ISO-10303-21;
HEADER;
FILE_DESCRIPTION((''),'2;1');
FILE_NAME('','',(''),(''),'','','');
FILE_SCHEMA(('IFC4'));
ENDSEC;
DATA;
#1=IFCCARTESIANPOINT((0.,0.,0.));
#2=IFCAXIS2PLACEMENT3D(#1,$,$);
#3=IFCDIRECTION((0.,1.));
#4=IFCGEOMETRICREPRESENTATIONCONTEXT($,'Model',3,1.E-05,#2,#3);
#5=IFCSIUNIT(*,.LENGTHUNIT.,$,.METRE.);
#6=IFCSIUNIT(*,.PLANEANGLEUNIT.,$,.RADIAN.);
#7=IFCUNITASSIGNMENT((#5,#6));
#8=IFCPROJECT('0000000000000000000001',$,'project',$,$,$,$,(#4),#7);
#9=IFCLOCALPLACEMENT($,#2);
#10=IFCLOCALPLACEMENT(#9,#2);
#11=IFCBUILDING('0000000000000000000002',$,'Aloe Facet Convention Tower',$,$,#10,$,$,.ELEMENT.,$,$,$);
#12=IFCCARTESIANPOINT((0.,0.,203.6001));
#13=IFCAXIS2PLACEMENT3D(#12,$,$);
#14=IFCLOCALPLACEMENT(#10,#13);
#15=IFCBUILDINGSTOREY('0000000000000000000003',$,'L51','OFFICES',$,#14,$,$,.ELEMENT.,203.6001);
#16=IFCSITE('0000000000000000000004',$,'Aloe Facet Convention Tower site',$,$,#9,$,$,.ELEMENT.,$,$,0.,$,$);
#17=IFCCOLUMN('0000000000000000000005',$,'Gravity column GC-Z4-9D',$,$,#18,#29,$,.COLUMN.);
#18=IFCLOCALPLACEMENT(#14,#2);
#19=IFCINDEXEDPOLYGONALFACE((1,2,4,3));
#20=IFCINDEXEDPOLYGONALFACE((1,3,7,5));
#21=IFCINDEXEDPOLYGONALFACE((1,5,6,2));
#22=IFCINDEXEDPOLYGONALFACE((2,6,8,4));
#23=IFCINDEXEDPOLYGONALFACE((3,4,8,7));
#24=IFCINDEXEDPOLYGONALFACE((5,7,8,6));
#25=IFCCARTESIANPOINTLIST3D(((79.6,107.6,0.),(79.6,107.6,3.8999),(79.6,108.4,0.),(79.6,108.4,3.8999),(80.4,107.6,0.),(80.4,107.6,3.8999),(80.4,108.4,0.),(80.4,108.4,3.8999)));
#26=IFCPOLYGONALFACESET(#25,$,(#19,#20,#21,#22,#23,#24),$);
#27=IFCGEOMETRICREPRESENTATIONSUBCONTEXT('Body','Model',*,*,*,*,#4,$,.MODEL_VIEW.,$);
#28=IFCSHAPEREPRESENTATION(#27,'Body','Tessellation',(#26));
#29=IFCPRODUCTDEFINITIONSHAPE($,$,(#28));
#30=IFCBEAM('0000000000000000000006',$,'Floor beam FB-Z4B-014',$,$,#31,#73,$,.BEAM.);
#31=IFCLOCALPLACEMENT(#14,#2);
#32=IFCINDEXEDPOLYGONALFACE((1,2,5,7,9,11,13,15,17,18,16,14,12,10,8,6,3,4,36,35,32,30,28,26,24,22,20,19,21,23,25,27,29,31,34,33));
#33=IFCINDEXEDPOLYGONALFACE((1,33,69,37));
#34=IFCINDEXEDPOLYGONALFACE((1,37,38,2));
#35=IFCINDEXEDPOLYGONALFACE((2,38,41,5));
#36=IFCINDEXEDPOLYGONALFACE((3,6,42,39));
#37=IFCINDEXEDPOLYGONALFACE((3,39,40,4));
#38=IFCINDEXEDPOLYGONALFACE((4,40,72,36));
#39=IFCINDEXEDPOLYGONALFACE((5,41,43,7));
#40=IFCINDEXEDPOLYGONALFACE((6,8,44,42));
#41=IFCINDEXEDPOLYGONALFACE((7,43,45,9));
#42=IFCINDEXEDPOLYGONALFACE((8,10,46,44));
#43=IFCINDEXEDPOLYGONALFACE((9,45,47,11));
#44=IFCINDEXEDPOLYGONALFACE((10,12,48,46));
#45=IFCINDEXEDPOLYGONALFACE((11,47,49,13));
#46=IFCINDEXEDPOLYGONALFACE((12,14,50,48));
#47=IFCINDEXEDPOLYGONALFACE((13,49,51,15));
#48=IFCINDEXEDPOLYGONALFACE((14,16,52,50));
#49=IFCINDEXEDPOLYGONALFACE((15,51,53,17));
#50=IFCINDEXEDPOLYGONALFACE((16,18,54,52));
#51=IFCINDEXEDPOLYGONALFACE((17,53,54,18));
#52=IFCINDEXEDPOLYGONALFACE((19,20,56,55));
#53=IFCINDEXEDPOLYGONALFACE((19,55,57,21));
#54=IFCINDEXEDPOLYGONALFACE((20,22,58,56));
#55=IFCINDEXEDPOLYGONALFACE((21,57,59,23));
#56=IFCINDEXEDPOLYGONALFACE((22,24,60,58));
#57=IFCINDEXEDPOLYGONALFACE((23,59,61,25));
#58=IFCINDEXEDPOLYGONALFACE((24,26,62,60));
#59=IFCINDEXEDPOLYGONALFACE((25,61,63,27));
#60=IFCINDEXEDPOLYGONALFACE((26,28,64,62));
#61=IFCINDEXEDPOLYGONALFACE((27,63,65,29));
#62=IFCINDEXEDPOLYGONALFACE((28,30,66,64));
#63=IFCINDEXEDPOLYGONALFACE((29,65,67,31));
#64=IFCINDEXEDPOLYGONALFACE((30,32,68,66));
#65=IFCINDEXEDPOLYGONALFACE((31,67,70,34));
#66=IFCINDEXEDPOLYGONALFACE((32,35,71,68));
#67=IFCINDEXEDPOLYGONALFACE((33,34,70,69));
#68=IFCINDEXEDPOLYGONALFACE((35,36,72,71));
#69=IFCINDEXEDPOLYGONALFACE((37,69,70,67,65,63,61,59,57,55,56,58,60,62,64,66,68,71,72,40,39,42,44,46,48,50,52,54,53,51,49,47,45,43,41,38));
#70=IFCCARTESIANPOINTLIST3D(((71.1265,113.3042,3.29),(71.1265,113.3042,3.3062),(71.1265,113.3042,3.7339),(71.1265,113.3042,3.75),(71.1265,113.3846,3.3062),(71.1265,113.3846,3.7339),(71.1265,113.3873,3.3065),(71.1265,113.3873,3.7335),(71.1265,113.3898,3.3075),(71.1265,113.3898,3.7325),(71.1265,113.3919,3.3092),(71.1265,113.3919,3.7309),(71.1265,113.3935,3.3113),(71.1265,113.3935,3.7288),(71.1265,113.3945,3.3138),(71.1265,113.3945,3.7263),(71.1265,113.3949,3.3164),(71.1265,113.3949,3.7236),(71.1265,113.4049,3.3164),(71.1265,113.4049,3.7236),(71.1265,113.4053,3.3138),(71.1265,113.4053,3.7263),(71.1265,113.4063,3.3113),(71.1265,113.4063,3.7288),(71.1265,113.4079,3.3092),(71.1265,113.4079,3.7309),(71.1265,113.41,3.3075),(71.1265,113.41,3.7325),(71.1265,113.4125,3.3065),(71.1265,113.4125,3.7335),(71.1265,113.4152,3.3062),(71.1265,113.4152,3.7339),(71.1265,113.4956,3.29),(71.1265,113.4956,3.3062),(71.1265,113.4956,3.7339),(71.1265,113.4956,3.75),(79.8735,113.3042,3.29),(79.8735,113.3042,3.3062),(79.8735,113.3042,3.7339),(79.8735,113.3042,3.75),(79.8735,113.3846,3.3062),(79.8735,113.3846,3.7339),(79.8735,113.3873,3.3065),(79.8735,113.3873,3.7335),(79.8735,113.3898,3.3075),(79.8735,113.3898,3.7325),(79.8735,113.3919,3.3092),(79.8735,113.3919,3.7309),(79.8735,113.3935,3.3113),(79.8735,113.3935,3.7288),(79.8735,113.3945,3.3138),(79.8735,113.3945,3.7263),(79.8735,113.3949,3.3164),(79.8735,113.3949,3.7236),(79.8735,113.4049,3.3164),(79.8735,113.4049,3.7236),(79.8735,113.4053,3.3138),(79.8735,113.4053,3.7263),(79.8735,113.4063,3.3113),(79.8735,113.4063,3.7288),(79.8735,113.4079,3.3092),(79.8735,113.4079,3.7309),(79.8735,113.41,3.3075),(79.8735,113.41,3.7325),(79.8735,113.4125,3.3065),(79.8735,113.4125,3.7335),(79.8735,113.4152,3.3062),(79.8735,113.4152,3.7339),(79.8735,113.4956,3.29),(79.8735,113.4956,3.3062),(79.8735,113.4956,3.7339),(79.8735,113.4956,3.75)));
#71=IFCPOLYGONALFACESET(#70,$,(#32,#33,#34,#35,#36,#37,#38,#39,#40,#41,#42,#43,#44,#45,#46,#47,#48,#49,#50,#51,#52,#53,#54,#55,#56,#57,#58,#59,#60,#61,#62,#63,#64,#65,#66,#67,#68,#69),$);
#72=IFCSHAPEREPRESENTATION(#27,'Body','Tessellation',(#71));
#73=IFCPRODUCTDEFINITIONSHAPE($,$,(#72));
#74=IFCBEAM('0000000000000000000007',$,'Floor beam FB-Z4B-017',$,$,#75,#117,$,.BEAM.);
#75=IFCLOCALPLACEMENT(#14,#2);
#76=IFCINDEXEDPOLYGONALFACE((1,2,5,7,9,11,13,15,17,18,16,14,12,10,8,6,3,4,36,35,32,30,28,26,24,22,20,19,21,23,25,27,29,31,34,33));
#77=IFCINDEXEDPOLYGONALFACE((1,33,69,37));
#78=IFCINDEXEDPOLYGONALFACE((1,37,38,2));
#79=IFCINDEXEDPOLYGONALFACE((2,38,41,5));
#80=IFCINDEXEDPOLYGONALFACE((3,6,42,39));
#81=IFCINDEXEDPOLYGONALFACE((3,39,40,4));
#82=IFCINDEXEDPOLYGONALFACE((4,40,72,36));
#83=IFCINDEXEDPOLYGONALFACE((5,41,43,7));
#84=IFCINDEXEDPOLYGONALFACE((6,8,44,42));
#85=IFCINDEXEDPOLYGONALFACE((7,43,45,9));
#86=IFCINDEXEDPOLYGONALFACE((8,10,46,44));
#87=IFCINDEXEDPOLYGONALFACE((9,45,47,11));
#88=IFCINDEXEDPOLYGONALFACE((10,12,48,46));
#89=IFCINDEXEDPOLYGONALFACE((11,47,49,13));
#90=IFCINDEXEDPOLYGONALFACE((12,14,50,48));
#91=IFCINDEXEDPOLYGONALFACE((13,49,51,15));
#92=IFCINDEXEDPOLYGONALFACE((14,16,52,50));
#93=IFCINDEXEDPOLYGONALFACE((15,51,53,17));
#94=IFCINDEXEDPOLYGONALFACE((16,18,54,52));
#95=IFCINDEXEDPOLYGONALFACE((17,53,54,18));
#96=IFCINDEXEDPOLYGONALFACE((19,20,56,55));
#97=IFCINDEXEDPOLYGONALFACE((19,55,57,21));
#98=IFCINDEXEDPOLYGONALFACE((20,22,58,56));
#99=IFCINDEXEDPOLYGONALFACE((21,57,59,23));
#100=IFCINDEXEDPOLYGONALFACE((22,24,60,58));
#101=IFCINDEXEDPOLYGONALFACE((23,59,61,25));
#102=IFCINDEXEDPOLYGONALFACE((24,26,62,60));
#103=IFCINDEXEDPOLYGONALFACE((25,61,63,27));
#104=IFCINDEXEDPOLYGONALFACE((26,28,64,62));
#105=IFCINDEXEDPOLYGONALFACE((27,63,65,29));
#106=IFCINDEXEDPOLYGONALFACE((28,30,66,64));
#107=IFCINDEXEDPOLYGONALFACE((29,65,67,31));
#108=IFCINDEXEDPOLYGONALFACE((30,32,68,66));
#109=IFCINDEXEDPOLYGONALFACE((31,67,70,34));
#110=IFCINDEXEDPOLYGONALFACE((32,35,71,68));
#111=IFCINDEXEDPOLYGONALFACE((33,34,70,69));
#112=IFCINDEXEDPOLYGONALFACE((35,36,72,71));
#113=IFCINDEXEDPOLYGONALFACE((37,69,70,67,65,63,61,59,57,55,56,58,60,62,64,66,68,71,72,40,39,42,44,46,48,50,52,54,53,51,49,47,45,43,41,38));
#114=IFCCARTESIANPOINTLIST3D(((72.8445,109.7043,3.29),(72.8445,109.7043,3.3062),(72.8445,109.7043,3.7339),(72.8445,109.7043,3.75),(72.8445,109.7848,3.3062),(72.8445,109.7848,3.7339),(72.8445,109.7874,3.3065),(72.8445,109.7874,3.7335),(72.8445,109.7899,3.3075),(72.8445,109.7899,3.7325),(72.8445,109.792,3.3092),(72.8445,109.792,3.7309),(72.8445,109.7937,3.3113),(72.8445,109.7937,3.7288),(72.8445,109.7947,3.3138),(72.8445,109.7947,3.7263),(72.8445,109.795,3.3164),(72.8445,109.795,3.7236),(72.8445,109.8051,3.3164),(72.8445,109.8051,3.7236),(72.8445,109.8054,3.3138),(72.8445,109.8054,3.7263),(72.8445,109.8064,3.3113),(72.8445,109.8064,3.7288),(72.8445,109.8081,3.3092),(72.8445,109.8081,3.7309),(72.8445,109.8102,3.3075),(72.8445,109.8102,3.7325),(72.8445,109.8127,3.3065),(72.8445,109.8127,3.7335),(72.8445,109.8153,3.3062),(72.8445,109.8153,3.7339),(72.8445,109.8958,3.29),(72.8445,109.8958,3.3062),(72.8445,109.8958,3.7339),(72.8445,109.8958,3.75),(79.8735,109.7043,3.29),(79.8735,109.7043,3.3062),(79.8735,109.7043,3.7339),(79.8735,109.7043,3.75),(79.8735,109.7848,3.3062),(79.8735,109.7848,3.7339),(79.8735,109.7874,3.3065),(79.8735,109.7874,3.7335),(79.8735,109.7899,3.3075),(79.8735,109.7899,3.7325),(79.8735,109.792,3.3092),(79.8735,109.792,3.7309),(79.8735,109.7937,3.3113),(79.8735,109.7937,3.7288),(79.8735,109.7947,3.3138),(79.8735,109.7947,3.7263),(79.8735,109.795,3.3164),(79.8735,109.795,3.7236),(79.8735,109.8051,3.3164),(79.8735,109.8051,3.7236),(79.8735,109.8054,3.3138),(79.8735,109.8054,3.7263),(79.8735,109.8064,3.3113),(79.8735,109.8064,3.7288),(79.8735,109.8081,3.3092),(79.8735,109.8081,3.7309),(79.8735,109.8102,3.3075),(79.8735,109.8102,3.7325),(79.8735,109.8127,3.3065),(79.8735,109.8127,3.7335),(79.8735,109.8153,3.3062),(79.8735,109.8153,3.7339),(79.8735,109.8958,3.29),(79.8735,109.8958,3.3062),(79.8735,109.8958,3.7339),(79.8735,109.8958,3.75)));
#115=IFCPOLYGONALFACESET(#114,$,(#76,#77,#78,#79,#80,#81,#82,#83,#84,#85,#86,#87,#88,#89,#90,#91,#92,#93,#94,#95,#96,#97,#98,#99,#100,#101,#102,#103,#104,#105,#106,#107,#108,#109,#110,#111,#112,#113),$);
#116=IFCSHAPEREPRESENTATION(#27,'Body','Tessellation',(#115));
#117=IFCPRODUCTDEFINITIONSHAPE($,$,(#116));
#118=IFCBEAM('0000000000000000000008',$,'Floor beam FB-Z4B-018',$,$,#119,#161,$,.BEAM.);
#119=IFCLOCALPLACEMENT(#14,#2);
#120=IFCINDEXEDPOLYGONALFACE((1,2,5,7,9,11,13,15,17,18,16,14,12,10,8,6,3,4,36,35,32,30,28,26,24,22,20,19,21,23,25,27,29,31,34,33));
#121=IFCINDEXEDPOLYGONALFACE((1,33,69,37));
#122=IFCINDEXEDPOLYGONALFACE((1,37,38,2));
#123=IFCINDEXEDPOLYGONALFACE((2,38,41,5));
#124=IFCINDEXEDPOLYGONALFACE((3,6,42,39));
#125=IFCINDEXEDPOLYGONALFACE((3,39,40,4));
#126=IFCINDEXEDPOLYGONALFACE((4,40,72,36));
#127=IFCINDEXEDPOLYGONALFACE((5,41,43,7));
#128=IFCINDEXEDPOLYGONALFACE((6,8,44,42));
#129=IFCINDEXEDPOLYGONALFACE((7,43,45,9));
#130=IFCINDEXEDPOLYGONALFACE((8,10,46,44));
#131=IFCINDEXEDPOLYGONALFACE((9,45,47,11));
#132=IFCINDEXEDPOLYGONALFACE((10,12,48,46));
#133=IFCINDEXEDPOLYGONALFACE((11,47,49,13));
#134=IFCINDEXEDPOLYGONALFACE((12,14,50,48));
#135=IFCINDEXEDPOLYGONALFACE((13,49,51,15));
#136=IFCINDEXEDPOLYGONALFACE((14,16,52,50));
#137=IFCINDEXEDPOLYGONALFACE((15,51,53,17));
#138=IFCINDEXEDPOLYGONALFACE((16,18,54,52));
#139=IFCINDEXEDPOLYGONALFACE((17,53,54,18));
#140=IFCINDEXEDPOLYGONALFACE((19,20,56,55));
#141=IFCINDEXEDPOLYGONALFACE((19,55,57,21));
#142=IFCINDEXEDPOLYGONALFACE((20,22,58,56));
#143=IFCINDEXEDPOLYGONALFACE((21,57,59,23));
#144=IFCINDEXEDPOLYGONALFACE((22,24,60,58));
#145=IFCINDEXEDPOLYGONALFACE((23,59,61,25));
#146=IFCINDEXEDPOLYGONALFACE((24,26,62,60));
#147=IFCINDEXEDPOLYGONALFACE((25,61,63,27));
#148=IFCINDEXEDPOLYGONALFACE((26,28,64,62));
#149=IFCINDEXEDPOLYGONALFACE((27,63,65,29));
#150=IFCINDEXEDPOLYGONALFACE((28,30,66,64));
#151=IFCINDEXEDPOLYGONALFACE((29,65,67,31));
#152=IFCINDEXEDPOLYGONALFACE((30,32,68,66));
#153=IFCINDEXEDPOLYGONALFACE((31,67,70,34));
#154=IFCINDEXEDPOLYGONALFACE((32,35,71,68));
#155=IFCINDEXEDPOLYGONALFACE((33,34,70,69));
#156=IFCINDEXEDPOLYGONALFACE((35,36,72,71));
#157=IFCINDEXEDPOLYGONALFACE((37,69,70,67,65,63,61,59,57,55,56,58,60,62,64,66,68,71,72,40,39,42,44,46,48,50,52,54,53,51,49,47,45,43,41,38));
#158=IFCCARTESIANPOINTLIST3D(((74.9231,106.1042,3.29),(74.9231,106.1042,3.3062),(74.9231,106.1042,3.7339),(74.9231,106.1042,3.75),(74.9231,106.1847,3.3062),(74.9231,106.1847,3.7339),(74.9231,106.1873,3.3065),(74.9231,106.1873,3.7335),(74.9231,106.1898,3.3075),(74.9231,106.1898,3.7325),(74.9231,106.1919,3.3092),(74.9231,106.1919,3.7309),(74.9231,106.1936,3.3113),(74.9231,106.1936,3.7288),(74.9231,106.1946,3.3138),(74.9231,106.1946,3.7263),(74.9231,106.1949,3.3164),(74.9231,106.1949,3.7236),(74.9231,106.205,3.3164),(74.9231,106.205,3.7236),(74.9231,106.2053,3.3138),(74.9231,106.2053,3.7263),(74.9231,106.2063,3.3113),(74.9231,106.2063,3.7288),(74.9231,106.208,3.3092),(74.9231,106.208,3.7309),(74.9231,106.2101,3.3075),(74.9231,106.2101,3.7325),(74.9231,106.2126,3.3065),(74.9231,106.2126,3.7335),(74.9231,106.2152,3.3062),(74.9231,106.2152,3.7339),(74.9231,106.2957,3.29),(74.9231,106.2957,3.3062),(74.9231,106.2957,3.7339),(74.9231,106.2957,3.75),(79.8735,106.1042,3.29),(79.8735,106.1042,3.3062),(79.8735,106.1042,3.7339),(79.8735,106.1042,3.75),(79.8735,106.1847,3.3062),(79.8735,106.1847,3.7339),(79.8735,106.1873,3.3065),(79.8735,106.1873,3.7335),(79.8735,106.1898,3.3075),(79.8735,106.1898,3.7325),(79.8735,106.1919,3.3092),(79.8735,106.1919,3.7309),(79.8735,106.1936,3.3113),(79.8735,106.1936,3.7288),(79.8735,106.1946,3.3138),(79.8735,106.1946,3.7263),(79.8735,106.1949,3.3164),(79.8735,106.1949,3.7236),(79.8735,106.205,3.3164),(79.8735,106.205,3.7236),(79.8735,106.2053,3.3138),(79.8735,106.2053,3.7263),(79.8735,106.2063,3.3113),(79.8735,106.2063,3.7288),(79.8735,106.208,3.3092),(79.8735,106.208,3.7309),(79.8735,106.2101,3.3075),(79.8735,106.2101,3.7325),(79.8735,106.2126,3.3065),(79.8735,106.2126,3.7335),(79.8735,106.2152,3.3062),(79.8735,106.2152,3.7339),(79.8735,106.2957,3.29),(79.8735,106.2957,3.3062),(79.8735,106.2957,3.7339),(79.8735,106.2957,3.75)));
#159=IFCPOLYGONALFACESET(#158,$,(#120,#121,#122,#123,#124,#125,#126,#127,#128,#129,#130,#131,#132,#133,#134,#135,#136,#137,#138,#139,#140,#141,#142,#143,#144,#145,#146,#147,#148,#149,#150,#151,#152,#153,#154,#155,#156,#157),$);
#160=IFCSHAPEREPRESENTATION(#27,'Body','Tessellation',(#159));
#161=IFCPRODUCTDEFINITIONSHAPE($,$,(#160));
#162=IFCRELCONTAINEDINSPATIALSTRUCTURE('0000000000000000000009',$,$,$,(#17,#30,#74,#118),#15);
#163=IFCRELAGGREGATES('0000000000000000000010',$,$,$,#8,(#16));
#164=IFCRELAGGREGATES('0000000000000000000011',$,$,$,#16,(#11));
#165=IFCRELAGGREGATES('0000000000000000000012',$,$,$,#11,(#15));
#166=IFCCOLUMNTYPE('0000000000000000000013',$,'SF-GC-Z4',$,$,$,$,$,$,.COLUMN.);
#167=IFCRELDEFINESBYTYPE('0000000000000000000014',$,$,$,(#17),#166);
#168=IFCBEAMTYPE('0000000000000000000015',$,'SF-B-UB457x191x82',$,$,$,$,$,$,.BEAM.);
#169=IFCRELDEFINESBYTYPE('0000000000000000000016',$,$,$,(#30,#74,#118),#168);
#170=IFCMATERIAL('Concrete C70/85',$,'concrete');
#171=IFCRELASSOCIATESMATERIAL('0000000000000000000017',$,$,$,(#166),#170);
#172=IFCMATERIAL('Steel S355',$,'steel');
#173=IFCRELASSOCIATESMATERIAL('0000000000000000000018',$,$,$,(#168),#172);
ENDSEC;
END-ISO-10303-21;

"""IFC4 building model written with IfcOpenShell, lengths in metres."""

from ifc_helpers import new_model, si_unit, direction, frame, origin, origin_2d, place, context, subcontext, project, spatial, rectangle, i_section, extrude, material, material_profile, profile_set, type_object, element, save


model = new_model("IFC4")

# Units and contexts
model_context = context("Model", 3, precision=1e-05, world=origin(), true_north=direction((0.0, 1.0)))
body_context = subcontext(model_context, "Body", "Model", "MODEL_VIEW")
ifc_project = project(units=[si_unit("LENGTHUNIT", "METRE"), si_unit("PLANEANGLEUNIT", "RADIAN")], contexts=[model_context])

# Site, building, storey
site_placement = place(None, origin())
site = spatial("IfcSite", under=ifc_project, at=site_placement, Name="Aloe Facet Convention Tower site", CompositionType="ELEMENT", RefElevation=0.0)
building_placement = place(site_placement, origin())
building = spatial("IfcBuilding", under=site, at=building_placement, Name="Aloe Facet Convention Tower", CompositionType="ELEMENT")
storey_placement = place(building_placement, frame((0.0, 0.0, 203.6001)))
storey = spatial("IfcBuildingStorey", under=building, at=storey_placement, Name="L51", Description="OFFICES", CompositionType="ELEMENT", Elevation=203.6001)

# Column
ifc_material_1 = material(Name="Concrete C70/85", Category="concrete")
ifc_material_profile_1 = material_profile(ifc_material_1, rectangle(XDim=0.8, YDim=0.8, at=origin_2d()), Name="SF-GC-Z4")
ifc_profile_set_1 = profile_set([ifc_material_profile_1], Name="Concrete C70/85")
column_type = type_object("IfcColumnType", Name="SF-GC-Z4", PredefinedType="COLUMN", material=ifc_profile_set_1)
column_placement = place(storey_placement, frame((80.0, 108.0, 0.0), z_axis=(0.0, 0.0, 1.0), x_axis=(1.0, 0.0, 0.0)))
element("IfcColumn", 1, at=column_placement, inside=storey, type_object=column_type, Name="Gravity column GC-Z4-9D", PredefinedType="COLUMN", context=body_context, shape_type="SweptSolid", body=[
    extrude(rectangle(XDim=0.8, YDim=0.8, at=origin_2d()), origin(), (0.0, 0.0, 1.0), 3.8999),
])

# Beams
ifc_material_2 = material(Name="Steel S355", Category="steel")
ifc_material_profile_2 = material_profile(ifc_material_2, i_section(OverallWidth=0.1914, OverallDepth=0.46, WebThickness=0.01, FlangeThickness=0.0161, FilletRadius=0.0103, at=origin_2d()), Name="UB 457x191x82")
ifc_profile_set_2 = profile_set([ifc_material_profile_2], Name="Steel S355")
beam_type_1 = type_object("IfcBeamType", Name="SF-B-UB457x191x82", PredefinedType="BEAM", material=ifc_profile_set_2)
beam_1_placement = place(storey_placement, frame((71.1265, 113.3999, 3.52), z_axis=(1.0, 0.0, 0.0), x_axis=(0.0, 1.0, 0.0)))
element("IfcBeam", 2, at=beam_1_placement, inside=storey, type_object=beam_type_1, Name="Floor beam FB-Z4B-014", PredefinedType="BEAM", context=body_context, shape_type="SweptSolid", body=[
    extrude(i_section(OverallWidth=0.1914, OverallDepth=0.46, WebThickness=0.01, FlangeThickness=0.0161, FilletRadius=0.0103, at=origin_2d()), origin(), (0.0, 0.0, 1.0), 8.7471),
])
beam_2_placement = place(storey_placement, frame((72.8445, 109.8, 3.52), z_axis=(1.0, 0.0, 0.0), x_axis=(0.0, 1.0, 0.0)))
element("IfcBeam", 3, at=beam_2_placement, inside=storey, type_object=beam_type_1, Name="Floor beam FB-Z4B-017", PredefinedType="BEAM", context=body_context, shape_type="SweptSolid", body=[
    extrude(i_section(OverallWidth=0.1914, OverallDepth=0.46, WebThickness=0.01, FlangeThickness=0.0161, FilletRadius=0.0103, at=origin_2d()), origin(), (0.0, 0.0, 1.0), 7.0291),
])
for number, where, z_axis, x_axis, name in (
    (4, (74.9231, 106.2, 3.52), (1.0, 0.0, 0.0), (0.0, 1.0, 0.0), "Floor beam FB-Z4B-018"),
):
    element("IfcBeam", number, at=place(storey_placement, frame(where, z_axis=z_axis, x_axis=x_axis)), inside=storey, type_object=beam_type_1, Name=name, PredefinedType="BEAM", context=body_context, shape_type="SweptSolid", body=[
        extrude(i_section(OverallWidth=0.1914, OverallDepth=0.46, WebThickness=0.01, FlangeThickness=0.0161, FilletRadius=0.0103, at=origin_2d()), origin(), (0.0, 0.0, 1.0), 4.9504),
    ])

save(model, "model.ifc")
